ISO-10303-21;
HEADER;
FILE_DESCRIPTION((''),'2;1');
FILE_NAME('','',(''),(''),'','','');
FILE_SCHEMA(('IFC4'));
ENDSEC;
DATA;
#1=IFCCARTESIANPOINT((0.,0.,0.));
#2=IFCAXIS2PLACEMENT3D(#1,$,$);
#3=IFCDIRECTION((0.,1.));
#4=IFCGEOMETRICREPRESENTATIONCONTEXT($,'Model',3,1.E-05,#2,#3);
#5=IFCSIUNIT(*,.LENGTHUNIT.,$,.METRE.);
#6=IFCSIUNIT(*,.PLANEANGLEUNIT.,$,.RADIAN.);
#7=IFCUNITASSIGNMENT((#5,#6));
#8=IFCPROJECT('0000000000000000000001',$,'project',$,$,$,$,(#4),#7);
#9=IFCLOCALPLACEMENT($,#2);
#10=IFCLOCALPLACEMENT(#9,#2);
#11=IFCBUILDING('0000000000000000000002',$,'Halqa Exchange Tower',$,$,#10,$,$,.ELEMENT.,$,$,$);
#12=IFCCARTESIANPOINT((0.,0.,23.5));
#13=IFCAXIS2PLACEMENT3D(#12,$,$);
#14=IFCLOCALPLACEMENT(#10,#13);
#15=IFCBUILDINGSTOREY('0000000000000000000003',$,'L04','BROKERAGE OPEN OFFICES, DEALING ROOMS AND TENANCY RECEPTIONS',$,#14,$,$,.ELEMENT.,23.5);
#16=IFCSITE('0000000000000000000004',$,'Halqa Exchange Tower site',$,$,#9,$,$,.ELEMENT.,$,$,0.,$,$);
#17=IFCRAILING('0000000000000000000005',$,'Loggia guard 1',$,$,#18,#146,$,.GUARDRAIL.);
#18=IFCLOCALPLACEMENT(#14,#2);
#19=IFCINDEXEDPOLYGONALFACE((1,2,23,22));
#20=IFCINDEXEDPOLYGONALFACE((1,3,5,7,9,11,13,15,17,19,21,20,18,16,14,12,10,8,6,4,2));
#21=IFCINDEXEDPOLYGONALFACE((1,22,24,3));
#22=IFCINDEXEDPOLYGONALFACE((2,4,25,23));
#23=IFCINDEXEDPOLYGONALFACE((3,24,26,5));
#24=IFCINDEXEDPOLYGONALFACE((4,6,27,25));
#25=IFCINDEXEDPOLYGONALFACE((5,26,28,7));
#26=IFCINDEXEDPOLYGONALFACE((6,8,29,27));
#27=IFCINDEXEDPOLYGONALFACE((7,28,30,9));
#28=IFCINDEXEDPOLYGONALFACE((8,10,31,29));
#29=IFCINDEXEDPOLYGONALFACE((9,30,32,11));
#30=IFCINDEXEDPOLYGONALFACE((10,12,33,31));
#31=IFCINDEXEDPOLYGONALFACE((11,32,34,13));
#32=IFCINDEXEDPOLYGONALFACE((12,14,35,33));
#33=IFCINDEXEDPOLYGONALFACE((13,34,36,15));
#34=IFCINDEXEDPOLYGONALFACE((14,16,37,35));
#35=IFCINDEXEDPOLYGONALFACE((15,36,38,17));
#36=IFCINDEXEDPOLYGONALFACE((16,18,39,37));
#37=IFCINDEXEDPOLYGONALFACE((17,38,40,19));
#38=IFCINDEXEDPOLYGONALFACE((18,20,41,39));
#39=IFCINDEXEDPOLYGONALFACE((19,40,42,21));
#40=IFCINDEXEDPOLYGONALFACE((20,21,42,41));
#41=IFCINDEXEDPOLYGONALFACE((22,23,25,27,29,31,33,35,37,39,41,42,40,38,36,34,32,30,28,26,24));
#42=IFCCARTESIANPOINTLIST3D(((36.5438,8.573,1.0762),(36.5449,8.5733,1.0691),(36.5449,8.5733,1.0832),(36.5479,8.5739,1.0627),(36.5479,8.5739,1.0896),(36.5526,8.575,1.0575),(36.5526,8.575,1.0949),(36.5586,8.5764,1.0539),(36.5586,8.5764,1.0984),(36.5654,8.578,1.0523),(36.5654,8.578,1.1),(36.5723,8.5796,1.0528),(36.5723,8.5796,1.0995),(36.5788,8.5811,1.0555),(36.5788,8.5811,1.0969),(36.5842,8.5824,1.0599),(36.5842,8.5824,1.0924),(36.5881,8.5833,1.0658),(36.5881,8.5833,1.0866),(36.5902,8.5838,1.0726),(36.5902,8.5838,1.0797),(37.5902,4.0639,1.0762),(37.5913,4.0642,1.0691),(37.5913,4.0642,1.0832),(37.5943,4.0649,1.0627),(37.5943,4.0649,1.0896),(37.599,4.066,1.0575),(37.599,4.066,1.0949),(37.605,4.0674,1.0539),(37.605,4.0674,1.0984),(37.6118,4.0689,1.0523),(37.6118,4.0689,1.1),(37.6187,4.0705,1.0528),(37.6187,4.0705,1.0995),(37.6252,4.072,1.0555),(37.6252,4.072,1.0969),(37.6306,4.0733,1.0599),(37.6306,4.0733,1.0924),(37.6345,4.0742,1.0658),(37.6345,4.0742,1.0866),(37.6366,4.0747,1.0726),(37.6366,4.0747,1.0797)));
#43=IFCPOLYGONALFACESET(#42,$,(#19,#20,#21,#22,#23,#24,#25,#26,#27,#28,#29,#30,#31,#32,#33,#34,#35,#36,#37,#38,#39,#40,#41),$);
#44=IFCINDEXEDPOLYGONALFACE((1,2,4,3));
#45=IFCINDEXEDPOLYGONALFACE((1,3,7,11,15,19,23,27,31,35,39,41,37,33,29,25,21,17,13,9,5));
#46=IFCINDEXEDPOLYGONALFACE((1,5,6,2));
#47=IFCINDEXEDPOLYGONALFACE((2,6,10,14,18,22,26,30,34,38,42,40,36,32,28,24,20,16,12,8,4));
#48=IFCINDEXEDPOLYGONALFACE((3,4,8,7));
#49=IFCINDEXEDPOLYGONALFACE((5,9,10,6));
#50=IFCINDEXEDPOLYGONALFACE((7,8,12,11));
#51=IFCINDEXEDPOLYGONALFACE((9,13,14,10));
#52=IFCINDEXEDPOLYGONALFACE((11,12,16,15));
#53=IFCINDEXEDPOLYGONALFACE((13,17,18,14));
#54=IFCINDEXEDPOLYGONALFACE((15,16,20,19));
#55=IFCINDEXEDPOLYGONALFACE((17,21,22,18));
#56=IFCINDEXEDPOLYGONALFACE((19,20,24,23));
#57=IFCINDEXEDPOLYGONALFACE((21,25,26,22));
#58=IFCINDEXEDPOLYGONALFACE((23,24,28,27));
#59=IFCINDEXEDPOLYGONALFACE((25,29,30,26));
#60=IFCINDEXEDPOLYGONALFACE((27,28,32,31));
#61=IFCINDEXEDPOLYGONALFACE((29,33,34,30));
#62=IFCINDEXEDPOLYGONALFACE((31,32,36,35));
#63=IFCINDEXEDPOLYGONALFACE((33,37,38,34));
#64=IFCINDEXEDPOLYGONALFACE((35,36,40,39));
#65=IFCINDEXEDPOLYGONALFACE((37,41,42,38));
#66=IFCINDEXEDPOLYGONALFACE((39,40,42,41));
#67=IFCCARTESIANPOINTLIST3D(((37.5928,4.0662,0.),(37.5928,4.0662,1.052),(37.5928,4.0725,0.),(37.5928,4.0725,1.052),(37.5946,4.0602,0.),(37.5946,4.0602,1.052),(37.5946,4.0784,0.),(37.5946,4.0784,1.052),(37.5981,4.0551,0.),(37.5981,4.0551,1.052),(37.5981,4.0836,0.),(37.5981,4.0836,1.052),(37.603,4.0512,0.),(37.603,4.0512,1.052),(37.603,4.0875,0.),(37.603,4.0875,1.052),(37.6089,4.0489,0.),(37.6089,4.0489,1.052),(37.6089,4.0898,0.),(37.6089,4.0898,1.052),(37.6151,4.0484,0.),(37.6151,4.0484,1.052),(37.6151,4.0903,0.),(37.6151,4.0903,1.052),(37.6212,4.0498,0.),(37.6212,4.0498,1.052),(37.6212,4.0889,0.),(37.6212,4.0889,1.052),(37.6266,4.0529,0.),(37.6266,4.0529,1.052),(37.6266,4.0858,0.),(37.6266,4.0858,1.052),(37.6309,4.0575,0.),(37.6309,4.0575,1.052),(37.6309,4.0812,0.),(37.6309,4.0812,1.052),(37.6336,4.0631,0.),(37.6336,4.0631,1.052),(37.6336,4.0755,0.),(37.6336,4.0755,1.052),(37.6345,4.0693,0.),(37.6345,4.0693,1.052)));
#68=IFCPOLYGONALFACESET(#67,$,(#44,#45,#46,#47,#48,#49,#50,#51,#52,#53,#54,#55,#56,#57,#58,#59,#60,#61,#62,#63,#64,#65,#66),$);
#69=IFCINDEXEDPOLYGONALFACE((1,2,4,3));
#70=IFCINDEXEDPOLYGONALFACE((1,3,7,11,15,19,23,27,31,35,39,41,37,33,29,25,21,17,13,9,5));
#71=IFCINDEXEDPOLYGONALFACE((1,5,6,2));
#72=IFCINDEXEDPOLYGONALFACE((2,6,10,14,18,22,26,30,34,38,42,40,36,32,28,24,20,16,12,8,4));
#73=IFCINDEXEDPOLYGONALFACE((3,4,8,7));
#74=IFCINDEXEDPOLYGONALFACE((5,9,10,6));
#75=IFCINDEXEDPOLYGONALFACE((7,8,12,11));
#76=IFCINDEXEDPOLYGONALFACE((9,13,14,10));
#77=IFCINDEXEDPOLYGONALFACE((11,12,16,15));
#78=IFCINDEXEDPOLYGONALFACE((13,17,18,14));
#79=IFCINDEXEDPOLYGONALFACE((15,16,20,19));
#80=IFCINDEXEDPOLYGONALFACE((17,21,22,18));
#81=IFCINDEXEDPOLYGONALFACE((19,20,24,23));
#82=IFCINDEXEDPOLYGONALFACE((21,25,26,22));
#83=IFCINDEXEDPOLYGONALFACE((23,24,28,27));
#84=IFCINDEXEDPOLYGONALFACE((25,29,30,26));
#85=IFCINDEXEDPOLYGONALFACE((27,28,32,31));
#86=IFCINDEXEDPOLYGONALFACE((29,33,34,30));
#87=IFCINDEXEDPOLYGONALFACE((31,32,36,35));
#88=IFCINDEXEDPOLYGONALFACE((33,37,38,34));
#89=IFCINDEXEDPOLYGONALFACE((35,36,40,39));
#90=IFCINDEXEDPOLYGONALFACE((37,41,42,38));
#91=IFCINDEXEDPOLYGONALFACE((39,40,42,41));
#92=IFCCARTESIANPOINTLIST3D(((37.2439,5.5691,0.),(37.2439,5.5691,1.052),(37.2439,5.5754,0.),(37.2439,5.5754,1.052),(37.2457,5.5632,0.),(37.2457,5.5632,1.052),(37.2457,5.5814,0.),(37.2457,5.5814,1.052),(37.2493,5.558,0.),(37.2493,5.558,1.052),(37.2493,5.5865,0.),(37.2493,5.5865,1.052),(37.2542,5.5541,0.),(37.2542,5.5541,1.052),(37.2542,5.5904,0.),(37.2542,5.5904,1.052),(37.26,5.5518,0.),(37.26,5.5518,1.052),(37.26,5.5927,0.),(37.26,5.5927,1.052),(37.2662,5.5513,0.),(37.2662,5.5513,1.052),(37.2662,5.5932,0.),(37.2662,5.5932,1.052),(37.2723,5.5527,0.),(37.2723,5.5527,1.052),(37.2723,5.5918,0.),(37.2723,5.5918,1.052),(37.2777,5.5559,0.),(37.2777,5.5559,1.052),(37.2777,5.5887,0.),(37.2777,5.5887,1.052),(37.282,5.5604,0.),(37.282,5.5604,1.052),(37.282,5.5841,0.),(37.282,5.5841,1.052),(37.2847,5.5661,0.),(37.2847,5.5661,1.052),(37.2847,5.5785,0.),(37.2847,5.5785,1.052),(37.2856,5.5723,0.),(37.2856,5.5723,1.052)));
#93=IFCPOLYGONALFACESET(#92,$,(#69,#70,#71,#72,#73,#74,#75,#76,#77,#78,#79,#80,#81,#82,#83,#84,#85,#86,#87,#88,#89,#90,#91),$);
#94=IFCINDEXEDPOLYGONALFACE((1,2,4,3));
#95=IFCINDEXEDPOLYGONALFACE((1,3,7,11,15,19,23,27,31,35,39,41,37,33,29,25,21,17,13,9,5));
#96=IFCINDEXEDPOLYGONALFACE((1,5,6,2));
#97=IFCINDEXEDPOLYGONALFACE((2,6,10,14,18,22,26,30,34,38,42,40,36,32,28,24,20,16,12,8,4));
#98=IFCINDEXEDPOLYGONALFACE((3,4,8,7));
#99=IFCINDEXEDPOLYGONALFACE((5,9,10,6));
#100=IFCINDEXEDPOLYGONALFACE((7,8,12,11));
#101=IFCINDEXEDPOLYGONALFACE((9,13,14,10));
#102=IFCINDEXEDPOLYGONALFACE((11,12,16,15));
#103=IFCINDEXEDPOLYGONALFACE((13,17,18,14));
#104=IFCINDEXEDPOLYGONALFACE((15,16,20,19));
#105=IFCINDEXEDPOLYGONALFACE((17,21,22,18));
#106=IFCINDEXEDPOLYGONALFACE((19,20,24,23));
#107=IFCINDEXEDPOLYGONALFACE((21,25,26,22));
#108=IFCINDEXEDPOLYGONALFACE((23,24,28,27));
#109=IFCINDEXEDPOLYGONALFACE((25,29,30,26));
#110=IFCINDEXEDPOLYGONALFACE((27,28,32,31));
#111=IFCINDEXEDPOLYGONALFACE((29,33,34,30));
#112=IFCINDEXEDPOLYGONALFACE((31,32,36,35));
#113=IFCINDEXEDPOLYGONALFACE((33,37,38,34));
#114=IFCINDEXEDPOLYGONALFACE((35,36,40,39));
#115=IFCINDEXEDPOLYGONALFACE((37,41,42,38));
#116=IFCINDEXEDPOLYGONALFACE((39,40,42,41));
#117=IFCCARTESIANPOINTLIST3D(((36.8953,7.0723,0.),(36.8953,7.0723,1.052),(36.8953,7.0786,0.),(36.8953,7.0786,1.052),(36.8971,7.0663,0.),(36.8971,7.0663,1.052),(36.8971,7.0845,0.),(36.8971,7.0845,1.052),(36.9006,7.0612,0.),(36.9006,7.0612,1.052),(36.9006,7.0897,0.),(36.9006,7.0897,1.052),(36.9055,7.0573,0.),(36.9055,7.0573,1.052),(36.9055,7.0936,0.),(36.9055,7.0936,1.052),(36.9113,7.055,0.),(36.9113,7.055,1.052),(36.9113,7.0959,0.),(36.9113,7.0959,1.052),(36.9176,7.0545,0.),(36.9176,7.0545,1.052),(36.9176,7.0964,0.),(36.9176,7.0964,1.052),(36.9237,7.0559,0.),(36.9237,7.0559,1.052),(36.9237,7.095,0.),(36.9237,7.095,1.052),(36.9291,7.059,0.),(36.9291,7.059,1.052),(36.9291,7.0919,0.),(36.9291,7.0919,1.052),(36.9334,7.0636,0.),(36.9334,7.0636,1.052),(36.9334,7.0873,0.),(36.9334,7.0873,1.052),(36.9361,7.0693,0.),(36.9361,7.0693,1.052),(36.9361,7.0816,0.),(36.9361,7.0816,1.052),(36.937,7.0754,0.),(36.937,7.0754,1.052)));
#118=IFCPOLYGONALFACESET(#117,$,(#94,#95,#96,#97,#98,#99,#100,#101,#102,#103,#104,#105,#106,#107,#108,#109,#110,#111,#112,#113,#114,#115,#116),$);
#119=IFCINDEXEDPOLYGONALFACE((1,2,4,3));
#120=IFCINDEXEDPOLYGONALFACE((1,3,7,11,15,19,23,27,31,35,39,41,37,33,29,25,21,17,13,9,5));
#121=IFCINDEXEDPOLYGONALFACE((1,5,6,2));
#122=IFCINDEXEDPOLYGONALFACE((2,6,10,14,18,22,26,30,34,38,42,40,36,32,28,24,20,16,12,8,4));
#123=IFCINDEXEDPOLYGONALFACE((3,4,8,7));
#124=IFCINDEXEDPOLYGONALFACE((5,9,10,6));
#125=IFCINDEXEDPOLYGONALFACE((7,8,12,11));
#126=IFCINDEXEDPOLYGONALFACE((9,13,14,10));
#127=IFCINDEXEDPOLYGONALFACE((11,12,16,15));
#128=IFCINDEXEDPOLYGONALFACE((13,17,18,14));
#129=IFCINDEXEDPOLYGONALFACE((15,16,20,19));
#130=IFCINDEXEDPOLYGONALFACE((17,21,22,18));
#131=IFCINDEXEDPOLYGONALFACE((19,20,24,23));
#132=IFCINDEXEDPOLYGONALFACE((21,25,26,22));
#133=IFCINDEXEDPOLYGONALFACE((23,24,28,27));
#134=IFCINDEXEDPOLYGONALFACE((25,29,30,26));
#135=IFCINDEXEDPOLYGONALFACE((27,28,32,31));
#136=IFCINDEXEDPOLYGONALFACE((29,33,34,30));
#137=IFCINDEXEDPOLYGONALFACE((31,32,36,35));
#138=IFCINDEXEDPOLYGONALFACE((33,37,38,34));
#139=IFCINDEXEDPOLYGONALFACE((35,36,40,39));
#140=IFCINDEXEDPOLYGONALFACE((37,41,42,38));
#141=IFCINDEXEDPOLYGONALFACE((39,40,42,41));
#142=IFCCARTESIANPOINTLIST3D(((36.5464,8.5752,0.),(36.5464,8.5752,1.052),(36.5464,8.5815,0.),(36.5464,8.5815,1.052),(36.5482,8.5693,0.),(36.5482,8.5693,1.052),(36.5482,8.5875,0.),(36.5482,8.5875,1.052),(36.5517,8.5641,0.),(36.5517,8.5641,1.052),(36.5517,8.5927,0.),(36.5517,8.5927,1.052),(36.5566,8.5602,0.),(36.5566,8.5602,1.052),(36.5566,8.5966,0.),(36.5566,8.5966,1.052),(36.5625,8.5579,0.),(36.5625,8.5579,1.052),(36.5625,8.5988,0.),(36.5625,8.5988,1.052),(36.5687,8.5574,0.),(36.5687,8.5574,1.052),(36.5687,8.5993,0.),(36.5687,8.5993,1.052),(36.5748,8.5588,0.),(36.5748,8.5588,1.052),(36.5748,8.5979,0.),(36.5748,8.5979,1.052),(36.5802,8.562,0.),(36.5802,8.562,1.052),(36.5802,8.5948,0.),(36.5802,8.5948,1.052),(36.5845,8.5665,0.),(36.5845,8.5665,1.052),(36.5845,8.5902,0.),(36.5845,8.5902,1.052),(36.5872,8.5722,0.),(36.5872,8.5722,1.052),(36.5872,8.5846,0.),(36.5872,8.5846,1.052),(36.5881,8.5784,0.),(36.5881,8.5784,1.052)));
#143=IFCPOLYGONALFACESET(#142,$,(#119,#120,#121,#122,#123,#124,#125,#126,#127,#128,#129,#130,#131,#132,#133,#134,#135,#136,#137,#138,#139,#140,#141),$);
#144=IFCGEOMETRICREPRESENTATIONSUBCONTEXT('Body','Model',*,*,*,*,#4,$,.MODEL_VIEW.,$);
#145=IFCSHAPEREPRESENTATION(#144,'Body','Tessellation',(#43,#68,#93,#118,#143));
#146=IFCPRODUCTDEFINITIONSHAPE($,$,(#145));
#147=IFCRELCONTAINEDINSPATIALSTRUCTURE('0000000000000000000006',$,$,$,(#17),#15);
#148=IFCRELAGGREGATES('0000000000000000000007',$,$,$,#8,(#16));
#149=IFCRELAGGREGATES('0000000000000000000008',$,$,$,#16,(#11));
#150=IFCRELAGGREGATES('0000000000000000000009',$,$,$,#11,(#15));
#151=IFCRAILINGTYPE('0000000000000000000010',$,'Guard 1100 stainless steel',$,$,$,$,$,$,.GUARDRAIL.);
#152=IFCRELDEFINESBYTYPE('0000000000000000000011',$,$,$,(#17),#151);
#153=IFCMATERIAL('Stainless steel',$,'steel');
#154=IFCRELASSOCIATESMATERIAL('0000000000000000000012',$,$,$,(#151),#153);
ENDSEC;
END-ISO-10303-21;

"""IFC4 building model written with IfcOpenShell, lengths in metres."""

from ifc_helpers import new_model, si_unit, direction, frame, origin, origin_2d, place, context, subcontext, project, spatial, circle, extrude, material, type_object, element, save


model = new_model("IFC4")

# Units and contexts
model_context = context("Model", 3, precision=1e-05, world=origin(), true_north=direction((0.0, 1.0)))
body_context = subcontext(model_context, "Body", "Model", "MODEL_VIEW")
ifc_project = project(units=[si_unit("LENGTHUNIT", "METRE"), si_unit("PLANEANGLEUNIT", "RADIAN")], contexts=[model_context])

# Site, building, storey
site_placement = place(None, origin())
site = spatial("IfcSite", under=ifc_project, at=site_placement, Name="Halqa Exchange Tower site", CompositionType="ELEMENT", RefElevation=0.0)
building_placement = place(site_placement, origin())
building = spatial("IfcBuilding", under=site, at=building_placement, Name="Halqa Exchange Tower", CompositionType="ELEMENT")
storey_placement = place(building_placement, frame((0.0, 0.0, 23.5)))
storey = spatial("IfcBuildingStorey", under=building, at=storey_placement, Name="L04", Description="BROKERAGE OPEN OFFICES, DEALING ROOMS AND TENANCY RECEPTIONS", CompositionType="ELEMENT", Elevation=23.5)

# Railing
ifc_material_1 = material(Name="Stainless steel", Category="steel")
railing_type = type_object("IfcRailingType", Name="Guard 1100 stainless steel", PredefinedType="GUARDRAIL", material=ifc_material_1)
railing_1_placement = place(storey_placement, frame((37.6135, 4.0693, 0.0)))
element("IfcRailing", 1, at=railing_1_placement, inside=storey, type_object=railing_type, Name="Loggia guard 1", PredefinedType="GUARDRAIL", context=body_context, shape_type="SweptSolid", body=[
    extrude(circle(Radius=0.0239, at=origin_2d()), frame((0.0, 0.0, 1.0762), z_axis=(-0.226057, 0.974114, 0.0), x_axis=(-0.974114, -0.226057, 0.0)), (0.0, 0.0, 1.0), 4.6289),
    extrude(circle(Radius=0.021, at=origin_2d()), origin(), (0.0, 0.0, 1.0), 1.052),
    extrude(circle(Radius=0.021, at=origin_2d()), frame((-0.3489, 1.5029, 0.0)), (0.0, 0.0, 1.0), 1.052),
    extrude(circle(Radius=0.021, at=origin_2d()), frame((-0.6975, 3.0061, 0.0)), (0.0, 0.0, 1.0), 1.052),
    extrude(circle(Radius=0.021, at=origin_2d()), frame((-1.0464, 4.509, 0.0)), (0.0, 0.0, 1.0), 1.052),
])

save(model, "model.ifc")
